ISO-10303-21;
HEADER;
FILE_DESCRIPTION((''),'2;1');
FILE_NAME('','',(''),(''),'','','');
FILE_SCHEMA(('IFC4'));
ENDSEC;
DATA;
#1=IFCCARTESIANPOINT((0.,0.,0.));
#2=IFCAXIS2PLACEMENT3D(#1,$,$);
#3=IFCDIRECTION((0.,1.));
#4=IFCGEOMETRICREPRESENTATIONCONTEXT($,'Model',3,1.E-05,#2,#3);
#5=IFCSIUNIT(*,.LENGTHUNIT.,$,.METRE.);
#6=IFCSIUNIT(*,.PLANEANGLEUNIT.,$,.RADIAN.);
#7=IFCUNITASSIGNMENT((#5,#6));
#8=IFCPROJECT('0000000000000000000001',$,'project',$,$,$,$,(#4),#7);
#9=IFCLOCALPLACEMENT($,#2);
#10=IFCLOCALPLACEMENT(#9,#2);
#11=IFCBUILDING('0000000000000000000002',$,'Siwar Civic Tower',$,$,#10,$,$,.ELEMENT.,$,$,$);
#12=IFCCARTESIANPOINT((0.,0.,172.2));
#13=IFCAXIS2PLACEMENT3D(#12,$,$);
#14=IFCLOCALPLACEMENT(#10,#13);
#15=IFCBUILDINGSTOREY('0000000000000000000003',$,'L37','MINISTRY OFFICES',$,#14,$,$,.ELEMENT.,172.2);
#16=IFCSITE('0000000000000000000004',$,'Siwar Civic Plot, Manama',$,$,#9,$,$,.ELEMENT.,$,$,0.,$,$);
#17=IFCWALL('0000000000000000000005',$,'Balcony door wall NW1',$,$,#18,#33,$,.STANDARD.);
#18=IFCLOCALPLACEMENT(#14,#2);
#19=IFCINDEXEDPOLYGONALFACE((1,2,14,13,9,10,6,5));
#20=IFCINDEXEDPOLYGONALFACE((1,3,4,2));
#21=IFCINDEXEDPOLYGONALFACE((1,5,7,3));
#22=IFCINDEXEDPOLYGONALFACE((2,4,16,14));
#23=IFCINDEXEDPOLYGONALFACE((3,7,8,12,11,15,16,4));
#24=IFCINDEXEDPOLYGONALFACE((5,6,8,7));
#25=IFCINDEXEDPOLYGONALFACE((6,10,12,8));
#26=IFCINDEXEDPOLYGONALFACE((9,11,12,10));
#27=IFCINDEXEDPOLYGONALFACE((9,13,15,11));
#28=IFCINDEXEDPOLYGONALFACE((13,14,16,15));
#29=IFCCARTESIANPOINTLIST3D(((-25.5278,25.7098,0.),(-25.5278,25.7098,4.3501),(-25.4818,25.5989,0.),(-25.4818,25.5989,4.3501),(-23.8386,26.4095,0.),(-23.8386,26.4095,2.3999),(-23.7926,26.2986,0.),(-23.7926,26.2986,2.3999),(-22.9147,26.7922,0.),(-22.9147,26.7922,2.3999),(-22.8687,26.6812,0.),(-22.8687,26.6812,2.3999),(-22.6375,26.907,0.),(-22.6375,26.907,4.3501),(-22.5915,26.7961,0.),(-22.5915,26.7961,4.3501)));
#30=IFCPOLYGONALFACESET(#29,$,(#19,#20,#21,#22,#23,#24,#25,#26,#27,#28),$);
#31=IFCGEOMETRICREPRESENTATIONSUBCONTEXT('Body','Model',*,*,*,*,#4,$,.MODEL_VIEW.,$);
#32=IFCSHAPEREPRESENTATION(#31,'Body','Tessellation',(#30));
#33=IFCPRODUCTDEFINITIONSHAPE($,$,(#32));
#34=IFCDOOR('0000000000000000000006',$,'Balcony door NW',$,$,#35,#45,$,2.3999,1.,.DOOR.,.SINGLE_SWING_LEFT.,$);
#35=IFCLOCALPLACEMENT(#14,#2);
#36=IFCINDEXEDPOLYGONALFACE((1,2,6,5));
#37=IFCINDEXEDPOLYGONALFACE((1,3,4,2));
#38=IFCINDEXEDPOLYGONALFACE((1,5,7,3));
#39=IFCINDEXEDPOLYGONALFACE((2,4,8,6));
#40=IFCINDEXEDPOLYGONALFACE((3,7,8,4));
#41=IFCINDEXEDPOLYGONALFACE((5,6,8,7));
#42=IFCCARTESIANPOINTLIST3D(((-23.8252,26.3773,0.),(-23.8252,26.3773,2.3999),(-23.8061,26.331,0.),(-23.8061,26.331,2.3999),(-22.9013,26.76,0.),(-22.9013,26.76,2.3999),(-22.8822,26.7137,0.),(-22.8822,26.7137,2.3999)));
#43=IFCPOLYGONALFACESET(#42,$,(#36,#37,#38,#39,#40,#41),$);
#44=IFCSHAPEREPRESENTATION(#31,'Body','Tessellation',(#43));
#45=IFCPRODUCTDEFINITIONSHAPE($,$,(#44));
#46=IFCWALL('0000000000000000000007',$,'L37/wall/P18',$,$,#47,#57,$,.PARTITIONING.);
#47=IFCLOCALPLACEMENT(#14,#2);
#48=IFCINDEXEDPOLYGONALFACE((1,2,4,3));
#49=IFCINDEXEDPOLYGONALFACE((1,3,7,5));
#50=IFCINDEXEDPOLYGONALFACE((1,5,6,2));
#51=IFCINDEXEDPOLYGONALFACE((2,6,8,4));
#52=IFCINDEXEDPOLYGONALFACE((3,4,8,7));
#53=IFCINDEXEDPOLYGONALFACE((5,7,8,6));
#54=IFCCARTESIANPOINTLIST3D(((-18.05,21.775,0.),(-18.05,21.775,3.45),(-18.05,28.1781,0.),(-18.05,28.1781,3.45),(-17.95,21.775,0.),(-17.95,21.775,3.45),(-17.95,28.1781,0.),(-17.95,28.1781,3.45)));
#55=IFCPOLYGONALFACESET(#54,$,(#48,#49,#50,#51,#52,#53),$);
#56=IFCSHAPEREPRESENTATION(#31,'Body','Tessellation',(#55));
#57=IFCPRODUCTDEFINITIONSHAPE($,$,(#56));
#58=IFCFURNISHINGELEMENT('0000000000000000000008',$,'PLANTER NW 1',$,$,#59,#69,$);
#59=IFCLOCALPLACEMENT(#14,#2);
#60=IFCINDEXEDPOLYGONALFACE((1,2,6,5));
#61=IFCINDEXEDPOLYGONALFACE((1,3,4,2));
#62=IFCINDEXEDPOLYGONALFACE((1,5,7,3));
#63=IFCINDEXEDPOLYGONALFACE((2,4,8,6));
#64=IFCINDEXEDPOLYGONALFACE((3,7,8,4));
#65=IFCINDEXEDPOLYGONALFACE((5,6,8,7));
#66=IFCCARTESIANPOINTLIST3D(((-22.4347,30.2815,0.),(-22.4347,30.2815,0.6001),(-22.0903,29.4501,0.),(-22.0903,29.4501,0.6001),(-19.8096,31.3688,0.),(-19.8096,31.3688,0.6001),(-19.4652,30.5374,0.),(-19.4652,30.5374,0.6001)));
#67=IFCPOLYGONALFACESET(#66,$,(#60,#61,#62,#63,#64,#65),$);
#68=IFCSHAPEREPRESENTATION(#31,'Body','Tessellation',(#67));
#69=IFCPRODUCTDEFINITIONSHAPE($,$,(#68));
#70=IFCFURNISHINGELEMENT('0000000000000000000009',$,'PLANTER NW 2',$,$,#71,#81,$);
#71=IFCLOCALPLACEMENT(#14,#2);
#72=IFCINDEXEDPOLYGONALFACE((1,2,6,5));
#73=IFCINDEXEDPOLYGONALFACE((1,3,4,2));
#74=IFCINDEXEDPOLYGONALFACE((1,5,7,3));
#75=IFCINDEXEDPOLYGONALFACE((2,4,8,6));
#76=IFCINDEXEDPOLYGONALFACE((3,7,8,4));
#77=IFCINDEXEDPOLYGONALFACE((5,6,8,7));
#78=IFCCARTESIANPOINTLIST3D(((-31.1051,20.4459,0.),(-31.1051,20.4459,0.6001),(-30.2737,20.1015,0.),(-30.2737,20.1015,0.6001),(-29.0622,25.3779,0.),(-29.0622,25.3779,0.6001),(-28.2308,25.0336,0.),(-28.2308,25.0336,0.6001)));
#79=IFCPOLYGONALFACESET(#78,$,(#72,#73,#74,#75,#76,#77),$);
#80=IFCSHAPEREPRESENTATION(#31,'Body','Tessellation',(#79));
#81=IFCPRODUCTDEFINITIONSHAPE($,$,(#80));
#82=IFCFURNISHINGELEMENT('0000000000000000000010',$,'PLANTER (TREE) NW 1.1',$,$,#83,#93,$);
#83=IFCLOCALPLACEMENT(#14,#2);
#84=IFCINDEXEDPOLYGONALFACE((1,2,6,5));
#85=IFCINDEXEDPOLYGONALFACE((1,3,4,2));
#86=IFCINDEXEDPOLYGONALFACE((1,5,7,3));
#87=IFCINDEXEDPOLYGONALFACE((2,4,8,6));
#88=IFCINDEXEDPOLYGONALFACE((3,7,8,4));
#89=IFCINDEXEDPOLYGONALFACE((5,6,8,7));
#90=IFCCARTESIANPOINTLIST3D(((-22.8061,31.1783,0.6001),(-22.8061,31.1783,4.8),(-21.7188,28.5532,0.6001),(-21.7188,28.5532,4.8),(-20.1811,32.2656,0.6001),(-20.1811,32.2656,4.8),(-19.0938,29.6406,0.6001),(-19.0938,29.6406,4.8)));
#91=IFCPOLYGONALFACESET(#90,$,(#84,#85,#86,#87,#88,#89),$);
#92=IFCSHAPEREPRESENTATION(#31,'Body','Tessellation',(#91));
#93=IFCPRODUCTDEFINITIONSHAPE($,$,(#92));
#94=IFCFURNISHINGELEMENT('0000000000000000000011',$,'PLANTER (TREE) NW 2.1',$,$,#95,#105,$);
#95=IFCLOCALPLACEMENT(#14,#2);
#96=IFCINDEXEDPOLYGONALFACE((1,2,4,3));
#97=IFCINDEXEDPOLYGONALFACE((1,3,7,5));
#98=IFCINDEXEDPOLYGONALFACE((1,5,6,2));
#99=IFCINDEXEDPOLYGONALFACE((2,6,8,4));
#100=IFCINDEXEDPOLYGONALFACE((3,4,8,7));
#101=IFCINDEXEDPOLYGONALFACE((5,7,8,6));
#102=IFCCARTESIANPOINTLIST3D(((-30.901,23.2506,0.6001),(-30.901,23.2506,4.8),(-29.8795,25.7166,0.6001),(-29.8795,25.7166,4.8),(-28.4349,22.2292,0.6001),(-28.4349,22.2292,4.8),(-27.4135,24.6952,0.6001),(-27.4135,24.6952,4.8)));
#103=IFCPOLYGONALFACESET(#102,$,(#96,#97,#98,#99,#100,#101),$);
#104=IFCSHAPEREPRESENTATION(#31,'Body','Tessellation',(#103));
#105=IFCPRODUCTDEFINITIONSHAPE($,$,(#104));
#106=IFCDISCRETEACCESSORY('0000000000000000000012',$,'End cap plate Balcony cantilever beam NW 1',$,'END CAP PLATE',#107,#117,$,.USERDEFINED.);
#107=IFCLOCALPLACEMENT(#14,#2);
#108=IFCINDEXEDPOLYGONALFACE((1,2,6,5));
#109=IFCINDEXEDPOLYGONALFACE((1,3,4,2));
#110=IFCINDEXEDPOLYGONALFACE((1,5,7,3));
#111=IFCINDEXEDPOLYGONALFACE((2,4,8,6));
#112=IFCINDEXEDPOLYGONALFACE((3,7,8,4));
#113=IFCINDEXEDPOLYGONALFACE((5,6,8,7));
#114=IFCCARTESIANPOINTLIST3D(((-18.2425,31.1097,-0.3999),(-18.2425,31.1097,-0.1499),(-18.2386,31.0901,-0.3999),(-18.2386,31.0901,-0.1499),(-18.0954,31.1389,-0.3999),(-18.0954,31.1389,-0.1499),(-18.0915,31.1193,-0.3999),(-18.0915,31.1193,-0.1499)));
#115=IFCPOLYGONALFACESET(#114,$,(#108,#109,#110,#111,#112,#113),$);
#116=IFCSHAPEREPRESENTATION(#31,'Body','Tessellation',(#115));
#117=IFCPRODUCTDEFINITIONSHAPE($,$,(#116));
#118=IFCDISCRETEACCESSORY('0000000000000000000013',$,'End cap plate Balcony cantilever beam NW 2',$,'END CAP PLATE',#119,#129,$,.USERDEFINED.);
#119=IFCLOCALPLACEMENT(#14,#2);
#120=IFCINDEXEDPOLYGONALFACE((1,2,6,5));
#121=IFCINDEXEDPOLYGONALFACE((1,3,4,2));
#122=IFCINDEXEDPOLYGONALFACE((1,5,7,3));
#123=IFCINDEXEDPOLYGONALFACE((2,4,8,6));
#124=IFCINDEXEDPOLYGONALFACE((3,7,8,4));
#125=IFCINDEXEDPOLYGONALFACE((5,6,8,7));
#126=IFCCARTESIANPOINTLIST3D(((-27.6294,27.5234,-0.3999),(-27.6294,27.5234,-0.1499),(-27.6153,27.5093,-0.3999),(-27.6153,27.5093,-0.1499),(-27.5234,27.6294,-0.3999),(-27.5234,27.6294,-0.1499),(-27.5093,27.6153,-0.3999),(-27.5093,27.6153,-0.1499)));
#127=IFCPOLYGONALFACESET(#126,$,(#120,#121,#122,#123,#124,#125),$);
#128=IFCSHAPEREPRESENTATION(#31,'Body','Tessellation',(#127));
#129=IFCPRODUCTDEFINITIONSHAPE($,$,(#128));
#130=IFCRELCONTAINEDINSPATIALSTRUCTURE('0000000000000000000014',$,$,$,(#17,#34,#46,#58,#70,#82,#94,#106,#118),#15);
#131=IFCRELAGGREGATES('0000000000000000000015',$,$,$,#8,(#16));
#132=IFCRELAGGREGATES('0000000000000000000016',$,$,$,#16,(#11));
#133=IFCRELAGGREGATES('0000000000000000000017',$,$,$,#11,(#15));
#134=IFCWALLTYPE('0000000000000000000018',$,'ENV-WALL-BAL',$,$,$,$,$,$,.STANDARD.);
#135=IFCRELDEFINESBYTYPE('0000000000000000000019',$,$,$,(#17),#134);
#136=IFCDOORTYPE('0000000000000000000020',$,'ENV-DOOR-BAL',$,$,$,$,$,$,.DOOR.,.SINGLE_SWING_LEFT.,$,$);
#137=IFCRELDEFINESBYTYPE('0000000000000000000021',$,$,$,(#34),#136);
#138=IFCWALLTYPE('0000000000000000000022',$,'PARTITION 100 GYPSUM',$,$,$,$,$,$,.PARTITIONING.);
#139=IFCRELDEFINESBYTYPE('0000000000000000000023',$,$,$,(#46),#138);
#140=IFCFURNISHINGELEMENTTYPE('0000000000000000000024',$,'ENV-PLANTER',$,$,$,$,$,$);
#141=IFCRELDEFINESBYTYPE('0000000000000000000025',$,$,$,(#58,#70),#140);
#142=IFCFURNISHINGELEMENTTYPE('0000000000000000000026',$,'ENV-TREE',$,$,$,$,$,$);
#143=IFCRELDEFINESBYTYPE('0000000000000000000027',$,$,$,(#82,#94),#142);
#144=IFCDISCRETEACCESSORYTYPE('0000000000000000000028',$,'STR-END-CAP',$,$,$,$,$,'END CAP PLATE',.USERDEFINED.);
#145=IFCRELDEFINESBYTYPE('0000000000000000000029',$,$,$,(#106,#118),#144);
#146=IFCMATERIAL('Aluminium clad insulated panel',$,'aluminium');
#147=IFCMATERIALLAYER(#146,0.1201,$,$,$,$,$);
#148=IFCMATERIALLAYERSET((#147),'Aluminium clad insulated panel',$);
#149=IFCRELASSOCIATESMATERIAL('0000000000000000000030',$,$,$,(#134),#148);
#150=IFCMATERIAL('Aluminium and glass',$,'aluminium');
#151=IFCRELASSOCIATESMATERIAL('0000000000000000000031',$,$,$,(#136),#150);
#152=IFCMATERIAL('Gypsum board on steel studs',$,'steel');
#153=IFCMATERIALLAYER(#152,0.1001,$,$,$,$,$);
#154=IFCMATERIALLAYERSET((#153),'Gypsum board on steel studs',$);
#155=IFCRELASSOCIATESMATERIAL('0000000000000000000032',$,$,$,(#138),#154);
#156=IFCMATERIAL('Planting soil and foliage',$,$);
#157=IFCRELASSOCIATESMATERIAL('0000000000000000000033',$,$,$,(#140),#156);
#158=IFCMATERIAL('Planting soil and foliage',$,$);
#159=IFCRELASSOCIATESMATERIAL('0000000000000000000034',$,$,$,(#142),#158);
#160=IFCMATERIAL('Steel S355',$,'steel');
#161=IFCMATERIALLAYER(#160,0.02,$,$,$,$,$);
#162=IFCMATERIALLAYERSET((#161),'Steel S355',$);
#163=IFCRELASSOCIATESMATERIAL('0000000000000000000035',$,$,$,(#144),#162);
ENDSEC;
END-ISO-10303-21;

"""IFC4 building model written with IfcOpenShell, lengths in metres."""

from ifc_helpers import new_model, si_unit, direction, frame, frame_2d, origin, origin_2d, place, context, subcontext, project, spatial, rectangle, extrude, material, layer, layer_set, type_object, element, fill, save


model = new_model("IFC4")

# Units and contexts
model_context = context("Model", 3, precision=1e-05, world=origin(), true_north=direction((0.0, 1.0)))
body_context = subcontext(model_context, "Body", "Model", "MODEL_VIEW")
ifc_project = project(units=[si_unit("LENGTHUNIT", "METRE"), si_unit("PLANEANGLEUNIT", "RADIAN")], contexts=[model_context])

# Site, building, storey
site_placement = place(None, origin())
site = spatial("IfcSite", under=ifc_project, at=site_placement, Name="Siwar Civic Plot, Manama", CompositionType="ELEMENT", RefElevation=0.0)
building_placement = place(site_placement, origin())
building = spatial("IfcBuilding", under=site, at=building_placement, Name="Siwar Civic Tower", CompositionType="ELEMENT")
storey_placement = place(building_placement, frame((0.0, 0.0, 172.2)))
storey = spatial("IfcBuildingStorey", under=building, at=storey_placement, Name="L37", Description="MINISTRY OFFICES", CompositionType="ELEMENT", Elevation=172.2)

# Shared definitions
ifc_material_1 = material(Name="Aluminium clad insulated panel", Category="aluminium")
ifc_layer_1 = layer(ifc_material_1, 0.1201)
ifc_layer_set_1 = layer_set([ifc_layer_1], Name="Aluminium clad insulated panel")
wall_type_1 = type_object("IfcWallType", Name="ENV-WALL-BAL", PredefinedType="STANDARD", material=ifc_layer_set_1)

# Wall, opening, door
wall_1_placement = place(storey_placement, frame((-22.6145, 26.8516, 0.0), z_axis=(0.0, 0.0, 1.0), x_axis=(-0.923876, -0.382692, 0.0)))
wall_1 = element("IfcWall", 1, at=wall_1_placement, inside=storey, type_object=wall_type_1, Name="Balcony door wall NW1", PredefinedType="STANDARD", context=body_context, shape_type="SweptSolid", body=[
    extrude(rectangle(XDim=3.1284, YDim=0.1201, at=frame_2d((1.5642, 0.0))), origin(), (0.0, 0.0, 1.0), 4.3501),
])
opening_1_placement = place(wall_1_placement, frame((0.3, 0.0, 0.0)))
opening_1 = element("IfcOpeningElement", 2, at=opening_1_placement, cuts=wall_1, PredefinedType="OPENING", context=body_context, shape_type="SweptSolid", body=[
    extrude(rectangle(XDim=1.0, YDim=2.3999, at=frame_2d((0.5, 1.2))), frame((0.0, 0.0701, 0.0), z_axis=(0.0, -1.0, 0.0), x_axis=(1.0, 0.0, 0.0)), (0.0, 0.0, 1.0), 0.1401),
])
ifc_material_2 = material(Name="Aluminium and glass", Category="aluminium")
door_type_1 = type_object("IfcDoorType", Name="ENV-DOOR-BAL", OperationType="SINGLE_SWING_LEFT", PredefinedType="DOOR", material=ifc_material_2)
door_1_placement = place(opening_1_placement, origin())
door_1 = element("IfcDoor", 3, at=door_1_placement, inside=storey, type_object=door_type_1, Name="Balcony door NW", OperationType="SINGLE_SWING_LEFT", OverallHeight=2.3999, OverallWidth=1.0, PredefinedType="DOOR", context=body_context, shape_type="SweptSolid", body=[
    extrude(rectangle(XDim=1.0, YDim=2.3999, at=frame_2d((0.5, 1.2))), frame((0.0, 0.0249, 0.0), z_axis=(0.0, -1.0, 0.0), x_axis=(1.0, 0.0, 0.0)), (0.0, 0.0, 1.0), 0.05),
])
fill(opening_1, door_1)

# Wall
ifc_material_3 = material(Name="Gypsum board on steel studs", Category="steel")
ifc_layer_2 = layer(ifc_material_3, 0.1001)
ifc_layer_set_2 = layer_set([ifc_layer_2], Name="Gypsum board on steel studs")
wall_type_2 = type_object("IfcWallType", Name="PARTITION 100 GYPSUM", PredefinedType="PARTITIONING", material=ifc_layer_set_2)
wall_2_placement = place(storey_placement, frame((-18.0, 21.7749, 0.0), z_axis=(0.0, 0.0, 1.0), x_axis=(0.0, 1.0, 0.0)))
element("IfcWall", 4, at=wall_2_placement, inside=storey, type_object=wall_type_2, Name="L37/wall/P18", PredefinedType="PARTITIONING", context=body_context, shape_type="SweptSolid", body=[
    extrude(rectangle(XDim=6.4031, YDim=0.1001, at=frame_2d((3.2017, 0.0))), origin(), (0.0, 0.0, 1.0), 3.45),
])

# Furnishing elements
ifc_material_4 = material(Name="Planting soil and foliage")
furnishing_element_type_1 = type_object("IfcFurnishingElementType", Name="ENV-PLANTER", material=ifc_material_4)
furnishing_1_placement = place(storey_placement, frame((-20.95, 30.4094, 0.0), z_axis=(0.0, 0.0, 1.0), x_axis=(-0.92388, -0.382683, 0.0)))
element("IfcFurnishingElement", 5, at=furnishing_1_placement, inside=storey, type_object=furnishing_element_type_1, Name="PLANTER NW 1", context=body_context, shape_type="SweptSolid", body=[
    extrude(rectangle(XDim=2.8413, YDim=0.8999, at=origin_2d()), origin(), (0.0, 0.0, 1.0), 0.6001),
])
furnishing_2_placement = place(storey_placement, frame((-29.668, 22.7397, 0.0), z_axis=(0.0, 0.0, 1.0), x_axis=(-0.382683, -0.92388, 0.0)))
element("IfcFurnishingElement", 6, at=furnishing_2_placement, inside=storey, type_object=furnishing_element_type_1, Name="PLANTER NW 2", context=body_context, shape_type="SweptSolid", body=[
    extrude(rectangle(XDim=5.3384, YDim=0.8999, at=origin_2d()), origin(), (0.0, 0.0, 1.0), 0.6001),
])
ifc_material_5 = material(Name="Planting soil and foliage")
furnishing_element_type_2 = type_object("IfcFurnishingElementType", Name="ENV-TREE", material=ifc_material_5)
furnishing_3_placement = place(storey_placement, frame((-20.95, 30.4094, 0.6001), z_axis=(0.0, 0.0, 1.0), x_axis=(-0.92388, -0.382683, 0.0)))
element("IfcFurnishingElement", 7, at=furnishing_3_placement, inside=storey, type_object=furnishing_element_type_2, Name="PLANTER (TREE) NW 1.1", context=body_context, shape_type="SweptSolid", body=[
    extrude(rectangle(XDim=2.8413, YDim=2.8413, at=origin_2d()), origin(), (0.0, 0.0, 1.0), 4.2),
])
furnishing_4_placement = place(storey_placement, frame((-29.1572, 23.9729, 0.6001), z_axis=(0.0, 0.0, 1.0), x_axis=(-0.382683, -0.92388, 0.0)))
element("IfcFurnishingElement", 8, at=furnishing_4_placement, inside=storey, type_object=furnishing_element_type_2, Name="PLANTER (TREE) NW 2.1", context=body_context, shape_type="SweptSolid", body=[
    extrude(rectangle(XDim=2.6692, YDim=2.6692, at=origin_2d()), origin(), (0.0, 0.0, 1.0), 4.2),
])

# Discrete accessories
ifc_material_6 = material(Name="Steel S355", Category="steel")
ifc_layer_3 = layer(ifc_material_6, 0.02)
ifc_layer_set_3 = layer_set([ifc_layer_3], Name="Steel S355")
discrete_accessory_type = type_object("IfcDiscreteAccessoryType", Name="STR-END-CAP", ElementType="END CAP PLATE", PredefinedType="USERDEFINED", material=ifc_layer_set_3)
for number, where, z_axis, x_axis, name in (
    (9, (-18.167, 31.1145, -0.3999), (0.0, 0.0, 1.0), (-0.19509, 0.980785, 0.0), "End cap plate Balcony cantilever beam NW 1"),
    (10, (-27.5693, 27.5693, -0.3999), (0.0, 0.0, 1.0), (-0.707107, 0.707107, 0.0), "End cap plate Balcony cantilever beam NW 2"),
):
    element("IfcDiscreteAccessory", number, at=place(storey_placement, frame(where, z_axis=z_axis, x_axis=x_axis)), inside=storey, type_object=discrete_accessory_type, Name=name, ObjectType="END CAP PLATE", PredefinedType="USERDEFINED", context=body_context, shape_type="SweptSolid", body=[
        extrude(rectangle(XDim=0.02, YDim=0.1499, at=origin_2d()), origin(), (0.0, 0.0, 1.0), 0.25),
    ])

save(model, "model.ifc")
